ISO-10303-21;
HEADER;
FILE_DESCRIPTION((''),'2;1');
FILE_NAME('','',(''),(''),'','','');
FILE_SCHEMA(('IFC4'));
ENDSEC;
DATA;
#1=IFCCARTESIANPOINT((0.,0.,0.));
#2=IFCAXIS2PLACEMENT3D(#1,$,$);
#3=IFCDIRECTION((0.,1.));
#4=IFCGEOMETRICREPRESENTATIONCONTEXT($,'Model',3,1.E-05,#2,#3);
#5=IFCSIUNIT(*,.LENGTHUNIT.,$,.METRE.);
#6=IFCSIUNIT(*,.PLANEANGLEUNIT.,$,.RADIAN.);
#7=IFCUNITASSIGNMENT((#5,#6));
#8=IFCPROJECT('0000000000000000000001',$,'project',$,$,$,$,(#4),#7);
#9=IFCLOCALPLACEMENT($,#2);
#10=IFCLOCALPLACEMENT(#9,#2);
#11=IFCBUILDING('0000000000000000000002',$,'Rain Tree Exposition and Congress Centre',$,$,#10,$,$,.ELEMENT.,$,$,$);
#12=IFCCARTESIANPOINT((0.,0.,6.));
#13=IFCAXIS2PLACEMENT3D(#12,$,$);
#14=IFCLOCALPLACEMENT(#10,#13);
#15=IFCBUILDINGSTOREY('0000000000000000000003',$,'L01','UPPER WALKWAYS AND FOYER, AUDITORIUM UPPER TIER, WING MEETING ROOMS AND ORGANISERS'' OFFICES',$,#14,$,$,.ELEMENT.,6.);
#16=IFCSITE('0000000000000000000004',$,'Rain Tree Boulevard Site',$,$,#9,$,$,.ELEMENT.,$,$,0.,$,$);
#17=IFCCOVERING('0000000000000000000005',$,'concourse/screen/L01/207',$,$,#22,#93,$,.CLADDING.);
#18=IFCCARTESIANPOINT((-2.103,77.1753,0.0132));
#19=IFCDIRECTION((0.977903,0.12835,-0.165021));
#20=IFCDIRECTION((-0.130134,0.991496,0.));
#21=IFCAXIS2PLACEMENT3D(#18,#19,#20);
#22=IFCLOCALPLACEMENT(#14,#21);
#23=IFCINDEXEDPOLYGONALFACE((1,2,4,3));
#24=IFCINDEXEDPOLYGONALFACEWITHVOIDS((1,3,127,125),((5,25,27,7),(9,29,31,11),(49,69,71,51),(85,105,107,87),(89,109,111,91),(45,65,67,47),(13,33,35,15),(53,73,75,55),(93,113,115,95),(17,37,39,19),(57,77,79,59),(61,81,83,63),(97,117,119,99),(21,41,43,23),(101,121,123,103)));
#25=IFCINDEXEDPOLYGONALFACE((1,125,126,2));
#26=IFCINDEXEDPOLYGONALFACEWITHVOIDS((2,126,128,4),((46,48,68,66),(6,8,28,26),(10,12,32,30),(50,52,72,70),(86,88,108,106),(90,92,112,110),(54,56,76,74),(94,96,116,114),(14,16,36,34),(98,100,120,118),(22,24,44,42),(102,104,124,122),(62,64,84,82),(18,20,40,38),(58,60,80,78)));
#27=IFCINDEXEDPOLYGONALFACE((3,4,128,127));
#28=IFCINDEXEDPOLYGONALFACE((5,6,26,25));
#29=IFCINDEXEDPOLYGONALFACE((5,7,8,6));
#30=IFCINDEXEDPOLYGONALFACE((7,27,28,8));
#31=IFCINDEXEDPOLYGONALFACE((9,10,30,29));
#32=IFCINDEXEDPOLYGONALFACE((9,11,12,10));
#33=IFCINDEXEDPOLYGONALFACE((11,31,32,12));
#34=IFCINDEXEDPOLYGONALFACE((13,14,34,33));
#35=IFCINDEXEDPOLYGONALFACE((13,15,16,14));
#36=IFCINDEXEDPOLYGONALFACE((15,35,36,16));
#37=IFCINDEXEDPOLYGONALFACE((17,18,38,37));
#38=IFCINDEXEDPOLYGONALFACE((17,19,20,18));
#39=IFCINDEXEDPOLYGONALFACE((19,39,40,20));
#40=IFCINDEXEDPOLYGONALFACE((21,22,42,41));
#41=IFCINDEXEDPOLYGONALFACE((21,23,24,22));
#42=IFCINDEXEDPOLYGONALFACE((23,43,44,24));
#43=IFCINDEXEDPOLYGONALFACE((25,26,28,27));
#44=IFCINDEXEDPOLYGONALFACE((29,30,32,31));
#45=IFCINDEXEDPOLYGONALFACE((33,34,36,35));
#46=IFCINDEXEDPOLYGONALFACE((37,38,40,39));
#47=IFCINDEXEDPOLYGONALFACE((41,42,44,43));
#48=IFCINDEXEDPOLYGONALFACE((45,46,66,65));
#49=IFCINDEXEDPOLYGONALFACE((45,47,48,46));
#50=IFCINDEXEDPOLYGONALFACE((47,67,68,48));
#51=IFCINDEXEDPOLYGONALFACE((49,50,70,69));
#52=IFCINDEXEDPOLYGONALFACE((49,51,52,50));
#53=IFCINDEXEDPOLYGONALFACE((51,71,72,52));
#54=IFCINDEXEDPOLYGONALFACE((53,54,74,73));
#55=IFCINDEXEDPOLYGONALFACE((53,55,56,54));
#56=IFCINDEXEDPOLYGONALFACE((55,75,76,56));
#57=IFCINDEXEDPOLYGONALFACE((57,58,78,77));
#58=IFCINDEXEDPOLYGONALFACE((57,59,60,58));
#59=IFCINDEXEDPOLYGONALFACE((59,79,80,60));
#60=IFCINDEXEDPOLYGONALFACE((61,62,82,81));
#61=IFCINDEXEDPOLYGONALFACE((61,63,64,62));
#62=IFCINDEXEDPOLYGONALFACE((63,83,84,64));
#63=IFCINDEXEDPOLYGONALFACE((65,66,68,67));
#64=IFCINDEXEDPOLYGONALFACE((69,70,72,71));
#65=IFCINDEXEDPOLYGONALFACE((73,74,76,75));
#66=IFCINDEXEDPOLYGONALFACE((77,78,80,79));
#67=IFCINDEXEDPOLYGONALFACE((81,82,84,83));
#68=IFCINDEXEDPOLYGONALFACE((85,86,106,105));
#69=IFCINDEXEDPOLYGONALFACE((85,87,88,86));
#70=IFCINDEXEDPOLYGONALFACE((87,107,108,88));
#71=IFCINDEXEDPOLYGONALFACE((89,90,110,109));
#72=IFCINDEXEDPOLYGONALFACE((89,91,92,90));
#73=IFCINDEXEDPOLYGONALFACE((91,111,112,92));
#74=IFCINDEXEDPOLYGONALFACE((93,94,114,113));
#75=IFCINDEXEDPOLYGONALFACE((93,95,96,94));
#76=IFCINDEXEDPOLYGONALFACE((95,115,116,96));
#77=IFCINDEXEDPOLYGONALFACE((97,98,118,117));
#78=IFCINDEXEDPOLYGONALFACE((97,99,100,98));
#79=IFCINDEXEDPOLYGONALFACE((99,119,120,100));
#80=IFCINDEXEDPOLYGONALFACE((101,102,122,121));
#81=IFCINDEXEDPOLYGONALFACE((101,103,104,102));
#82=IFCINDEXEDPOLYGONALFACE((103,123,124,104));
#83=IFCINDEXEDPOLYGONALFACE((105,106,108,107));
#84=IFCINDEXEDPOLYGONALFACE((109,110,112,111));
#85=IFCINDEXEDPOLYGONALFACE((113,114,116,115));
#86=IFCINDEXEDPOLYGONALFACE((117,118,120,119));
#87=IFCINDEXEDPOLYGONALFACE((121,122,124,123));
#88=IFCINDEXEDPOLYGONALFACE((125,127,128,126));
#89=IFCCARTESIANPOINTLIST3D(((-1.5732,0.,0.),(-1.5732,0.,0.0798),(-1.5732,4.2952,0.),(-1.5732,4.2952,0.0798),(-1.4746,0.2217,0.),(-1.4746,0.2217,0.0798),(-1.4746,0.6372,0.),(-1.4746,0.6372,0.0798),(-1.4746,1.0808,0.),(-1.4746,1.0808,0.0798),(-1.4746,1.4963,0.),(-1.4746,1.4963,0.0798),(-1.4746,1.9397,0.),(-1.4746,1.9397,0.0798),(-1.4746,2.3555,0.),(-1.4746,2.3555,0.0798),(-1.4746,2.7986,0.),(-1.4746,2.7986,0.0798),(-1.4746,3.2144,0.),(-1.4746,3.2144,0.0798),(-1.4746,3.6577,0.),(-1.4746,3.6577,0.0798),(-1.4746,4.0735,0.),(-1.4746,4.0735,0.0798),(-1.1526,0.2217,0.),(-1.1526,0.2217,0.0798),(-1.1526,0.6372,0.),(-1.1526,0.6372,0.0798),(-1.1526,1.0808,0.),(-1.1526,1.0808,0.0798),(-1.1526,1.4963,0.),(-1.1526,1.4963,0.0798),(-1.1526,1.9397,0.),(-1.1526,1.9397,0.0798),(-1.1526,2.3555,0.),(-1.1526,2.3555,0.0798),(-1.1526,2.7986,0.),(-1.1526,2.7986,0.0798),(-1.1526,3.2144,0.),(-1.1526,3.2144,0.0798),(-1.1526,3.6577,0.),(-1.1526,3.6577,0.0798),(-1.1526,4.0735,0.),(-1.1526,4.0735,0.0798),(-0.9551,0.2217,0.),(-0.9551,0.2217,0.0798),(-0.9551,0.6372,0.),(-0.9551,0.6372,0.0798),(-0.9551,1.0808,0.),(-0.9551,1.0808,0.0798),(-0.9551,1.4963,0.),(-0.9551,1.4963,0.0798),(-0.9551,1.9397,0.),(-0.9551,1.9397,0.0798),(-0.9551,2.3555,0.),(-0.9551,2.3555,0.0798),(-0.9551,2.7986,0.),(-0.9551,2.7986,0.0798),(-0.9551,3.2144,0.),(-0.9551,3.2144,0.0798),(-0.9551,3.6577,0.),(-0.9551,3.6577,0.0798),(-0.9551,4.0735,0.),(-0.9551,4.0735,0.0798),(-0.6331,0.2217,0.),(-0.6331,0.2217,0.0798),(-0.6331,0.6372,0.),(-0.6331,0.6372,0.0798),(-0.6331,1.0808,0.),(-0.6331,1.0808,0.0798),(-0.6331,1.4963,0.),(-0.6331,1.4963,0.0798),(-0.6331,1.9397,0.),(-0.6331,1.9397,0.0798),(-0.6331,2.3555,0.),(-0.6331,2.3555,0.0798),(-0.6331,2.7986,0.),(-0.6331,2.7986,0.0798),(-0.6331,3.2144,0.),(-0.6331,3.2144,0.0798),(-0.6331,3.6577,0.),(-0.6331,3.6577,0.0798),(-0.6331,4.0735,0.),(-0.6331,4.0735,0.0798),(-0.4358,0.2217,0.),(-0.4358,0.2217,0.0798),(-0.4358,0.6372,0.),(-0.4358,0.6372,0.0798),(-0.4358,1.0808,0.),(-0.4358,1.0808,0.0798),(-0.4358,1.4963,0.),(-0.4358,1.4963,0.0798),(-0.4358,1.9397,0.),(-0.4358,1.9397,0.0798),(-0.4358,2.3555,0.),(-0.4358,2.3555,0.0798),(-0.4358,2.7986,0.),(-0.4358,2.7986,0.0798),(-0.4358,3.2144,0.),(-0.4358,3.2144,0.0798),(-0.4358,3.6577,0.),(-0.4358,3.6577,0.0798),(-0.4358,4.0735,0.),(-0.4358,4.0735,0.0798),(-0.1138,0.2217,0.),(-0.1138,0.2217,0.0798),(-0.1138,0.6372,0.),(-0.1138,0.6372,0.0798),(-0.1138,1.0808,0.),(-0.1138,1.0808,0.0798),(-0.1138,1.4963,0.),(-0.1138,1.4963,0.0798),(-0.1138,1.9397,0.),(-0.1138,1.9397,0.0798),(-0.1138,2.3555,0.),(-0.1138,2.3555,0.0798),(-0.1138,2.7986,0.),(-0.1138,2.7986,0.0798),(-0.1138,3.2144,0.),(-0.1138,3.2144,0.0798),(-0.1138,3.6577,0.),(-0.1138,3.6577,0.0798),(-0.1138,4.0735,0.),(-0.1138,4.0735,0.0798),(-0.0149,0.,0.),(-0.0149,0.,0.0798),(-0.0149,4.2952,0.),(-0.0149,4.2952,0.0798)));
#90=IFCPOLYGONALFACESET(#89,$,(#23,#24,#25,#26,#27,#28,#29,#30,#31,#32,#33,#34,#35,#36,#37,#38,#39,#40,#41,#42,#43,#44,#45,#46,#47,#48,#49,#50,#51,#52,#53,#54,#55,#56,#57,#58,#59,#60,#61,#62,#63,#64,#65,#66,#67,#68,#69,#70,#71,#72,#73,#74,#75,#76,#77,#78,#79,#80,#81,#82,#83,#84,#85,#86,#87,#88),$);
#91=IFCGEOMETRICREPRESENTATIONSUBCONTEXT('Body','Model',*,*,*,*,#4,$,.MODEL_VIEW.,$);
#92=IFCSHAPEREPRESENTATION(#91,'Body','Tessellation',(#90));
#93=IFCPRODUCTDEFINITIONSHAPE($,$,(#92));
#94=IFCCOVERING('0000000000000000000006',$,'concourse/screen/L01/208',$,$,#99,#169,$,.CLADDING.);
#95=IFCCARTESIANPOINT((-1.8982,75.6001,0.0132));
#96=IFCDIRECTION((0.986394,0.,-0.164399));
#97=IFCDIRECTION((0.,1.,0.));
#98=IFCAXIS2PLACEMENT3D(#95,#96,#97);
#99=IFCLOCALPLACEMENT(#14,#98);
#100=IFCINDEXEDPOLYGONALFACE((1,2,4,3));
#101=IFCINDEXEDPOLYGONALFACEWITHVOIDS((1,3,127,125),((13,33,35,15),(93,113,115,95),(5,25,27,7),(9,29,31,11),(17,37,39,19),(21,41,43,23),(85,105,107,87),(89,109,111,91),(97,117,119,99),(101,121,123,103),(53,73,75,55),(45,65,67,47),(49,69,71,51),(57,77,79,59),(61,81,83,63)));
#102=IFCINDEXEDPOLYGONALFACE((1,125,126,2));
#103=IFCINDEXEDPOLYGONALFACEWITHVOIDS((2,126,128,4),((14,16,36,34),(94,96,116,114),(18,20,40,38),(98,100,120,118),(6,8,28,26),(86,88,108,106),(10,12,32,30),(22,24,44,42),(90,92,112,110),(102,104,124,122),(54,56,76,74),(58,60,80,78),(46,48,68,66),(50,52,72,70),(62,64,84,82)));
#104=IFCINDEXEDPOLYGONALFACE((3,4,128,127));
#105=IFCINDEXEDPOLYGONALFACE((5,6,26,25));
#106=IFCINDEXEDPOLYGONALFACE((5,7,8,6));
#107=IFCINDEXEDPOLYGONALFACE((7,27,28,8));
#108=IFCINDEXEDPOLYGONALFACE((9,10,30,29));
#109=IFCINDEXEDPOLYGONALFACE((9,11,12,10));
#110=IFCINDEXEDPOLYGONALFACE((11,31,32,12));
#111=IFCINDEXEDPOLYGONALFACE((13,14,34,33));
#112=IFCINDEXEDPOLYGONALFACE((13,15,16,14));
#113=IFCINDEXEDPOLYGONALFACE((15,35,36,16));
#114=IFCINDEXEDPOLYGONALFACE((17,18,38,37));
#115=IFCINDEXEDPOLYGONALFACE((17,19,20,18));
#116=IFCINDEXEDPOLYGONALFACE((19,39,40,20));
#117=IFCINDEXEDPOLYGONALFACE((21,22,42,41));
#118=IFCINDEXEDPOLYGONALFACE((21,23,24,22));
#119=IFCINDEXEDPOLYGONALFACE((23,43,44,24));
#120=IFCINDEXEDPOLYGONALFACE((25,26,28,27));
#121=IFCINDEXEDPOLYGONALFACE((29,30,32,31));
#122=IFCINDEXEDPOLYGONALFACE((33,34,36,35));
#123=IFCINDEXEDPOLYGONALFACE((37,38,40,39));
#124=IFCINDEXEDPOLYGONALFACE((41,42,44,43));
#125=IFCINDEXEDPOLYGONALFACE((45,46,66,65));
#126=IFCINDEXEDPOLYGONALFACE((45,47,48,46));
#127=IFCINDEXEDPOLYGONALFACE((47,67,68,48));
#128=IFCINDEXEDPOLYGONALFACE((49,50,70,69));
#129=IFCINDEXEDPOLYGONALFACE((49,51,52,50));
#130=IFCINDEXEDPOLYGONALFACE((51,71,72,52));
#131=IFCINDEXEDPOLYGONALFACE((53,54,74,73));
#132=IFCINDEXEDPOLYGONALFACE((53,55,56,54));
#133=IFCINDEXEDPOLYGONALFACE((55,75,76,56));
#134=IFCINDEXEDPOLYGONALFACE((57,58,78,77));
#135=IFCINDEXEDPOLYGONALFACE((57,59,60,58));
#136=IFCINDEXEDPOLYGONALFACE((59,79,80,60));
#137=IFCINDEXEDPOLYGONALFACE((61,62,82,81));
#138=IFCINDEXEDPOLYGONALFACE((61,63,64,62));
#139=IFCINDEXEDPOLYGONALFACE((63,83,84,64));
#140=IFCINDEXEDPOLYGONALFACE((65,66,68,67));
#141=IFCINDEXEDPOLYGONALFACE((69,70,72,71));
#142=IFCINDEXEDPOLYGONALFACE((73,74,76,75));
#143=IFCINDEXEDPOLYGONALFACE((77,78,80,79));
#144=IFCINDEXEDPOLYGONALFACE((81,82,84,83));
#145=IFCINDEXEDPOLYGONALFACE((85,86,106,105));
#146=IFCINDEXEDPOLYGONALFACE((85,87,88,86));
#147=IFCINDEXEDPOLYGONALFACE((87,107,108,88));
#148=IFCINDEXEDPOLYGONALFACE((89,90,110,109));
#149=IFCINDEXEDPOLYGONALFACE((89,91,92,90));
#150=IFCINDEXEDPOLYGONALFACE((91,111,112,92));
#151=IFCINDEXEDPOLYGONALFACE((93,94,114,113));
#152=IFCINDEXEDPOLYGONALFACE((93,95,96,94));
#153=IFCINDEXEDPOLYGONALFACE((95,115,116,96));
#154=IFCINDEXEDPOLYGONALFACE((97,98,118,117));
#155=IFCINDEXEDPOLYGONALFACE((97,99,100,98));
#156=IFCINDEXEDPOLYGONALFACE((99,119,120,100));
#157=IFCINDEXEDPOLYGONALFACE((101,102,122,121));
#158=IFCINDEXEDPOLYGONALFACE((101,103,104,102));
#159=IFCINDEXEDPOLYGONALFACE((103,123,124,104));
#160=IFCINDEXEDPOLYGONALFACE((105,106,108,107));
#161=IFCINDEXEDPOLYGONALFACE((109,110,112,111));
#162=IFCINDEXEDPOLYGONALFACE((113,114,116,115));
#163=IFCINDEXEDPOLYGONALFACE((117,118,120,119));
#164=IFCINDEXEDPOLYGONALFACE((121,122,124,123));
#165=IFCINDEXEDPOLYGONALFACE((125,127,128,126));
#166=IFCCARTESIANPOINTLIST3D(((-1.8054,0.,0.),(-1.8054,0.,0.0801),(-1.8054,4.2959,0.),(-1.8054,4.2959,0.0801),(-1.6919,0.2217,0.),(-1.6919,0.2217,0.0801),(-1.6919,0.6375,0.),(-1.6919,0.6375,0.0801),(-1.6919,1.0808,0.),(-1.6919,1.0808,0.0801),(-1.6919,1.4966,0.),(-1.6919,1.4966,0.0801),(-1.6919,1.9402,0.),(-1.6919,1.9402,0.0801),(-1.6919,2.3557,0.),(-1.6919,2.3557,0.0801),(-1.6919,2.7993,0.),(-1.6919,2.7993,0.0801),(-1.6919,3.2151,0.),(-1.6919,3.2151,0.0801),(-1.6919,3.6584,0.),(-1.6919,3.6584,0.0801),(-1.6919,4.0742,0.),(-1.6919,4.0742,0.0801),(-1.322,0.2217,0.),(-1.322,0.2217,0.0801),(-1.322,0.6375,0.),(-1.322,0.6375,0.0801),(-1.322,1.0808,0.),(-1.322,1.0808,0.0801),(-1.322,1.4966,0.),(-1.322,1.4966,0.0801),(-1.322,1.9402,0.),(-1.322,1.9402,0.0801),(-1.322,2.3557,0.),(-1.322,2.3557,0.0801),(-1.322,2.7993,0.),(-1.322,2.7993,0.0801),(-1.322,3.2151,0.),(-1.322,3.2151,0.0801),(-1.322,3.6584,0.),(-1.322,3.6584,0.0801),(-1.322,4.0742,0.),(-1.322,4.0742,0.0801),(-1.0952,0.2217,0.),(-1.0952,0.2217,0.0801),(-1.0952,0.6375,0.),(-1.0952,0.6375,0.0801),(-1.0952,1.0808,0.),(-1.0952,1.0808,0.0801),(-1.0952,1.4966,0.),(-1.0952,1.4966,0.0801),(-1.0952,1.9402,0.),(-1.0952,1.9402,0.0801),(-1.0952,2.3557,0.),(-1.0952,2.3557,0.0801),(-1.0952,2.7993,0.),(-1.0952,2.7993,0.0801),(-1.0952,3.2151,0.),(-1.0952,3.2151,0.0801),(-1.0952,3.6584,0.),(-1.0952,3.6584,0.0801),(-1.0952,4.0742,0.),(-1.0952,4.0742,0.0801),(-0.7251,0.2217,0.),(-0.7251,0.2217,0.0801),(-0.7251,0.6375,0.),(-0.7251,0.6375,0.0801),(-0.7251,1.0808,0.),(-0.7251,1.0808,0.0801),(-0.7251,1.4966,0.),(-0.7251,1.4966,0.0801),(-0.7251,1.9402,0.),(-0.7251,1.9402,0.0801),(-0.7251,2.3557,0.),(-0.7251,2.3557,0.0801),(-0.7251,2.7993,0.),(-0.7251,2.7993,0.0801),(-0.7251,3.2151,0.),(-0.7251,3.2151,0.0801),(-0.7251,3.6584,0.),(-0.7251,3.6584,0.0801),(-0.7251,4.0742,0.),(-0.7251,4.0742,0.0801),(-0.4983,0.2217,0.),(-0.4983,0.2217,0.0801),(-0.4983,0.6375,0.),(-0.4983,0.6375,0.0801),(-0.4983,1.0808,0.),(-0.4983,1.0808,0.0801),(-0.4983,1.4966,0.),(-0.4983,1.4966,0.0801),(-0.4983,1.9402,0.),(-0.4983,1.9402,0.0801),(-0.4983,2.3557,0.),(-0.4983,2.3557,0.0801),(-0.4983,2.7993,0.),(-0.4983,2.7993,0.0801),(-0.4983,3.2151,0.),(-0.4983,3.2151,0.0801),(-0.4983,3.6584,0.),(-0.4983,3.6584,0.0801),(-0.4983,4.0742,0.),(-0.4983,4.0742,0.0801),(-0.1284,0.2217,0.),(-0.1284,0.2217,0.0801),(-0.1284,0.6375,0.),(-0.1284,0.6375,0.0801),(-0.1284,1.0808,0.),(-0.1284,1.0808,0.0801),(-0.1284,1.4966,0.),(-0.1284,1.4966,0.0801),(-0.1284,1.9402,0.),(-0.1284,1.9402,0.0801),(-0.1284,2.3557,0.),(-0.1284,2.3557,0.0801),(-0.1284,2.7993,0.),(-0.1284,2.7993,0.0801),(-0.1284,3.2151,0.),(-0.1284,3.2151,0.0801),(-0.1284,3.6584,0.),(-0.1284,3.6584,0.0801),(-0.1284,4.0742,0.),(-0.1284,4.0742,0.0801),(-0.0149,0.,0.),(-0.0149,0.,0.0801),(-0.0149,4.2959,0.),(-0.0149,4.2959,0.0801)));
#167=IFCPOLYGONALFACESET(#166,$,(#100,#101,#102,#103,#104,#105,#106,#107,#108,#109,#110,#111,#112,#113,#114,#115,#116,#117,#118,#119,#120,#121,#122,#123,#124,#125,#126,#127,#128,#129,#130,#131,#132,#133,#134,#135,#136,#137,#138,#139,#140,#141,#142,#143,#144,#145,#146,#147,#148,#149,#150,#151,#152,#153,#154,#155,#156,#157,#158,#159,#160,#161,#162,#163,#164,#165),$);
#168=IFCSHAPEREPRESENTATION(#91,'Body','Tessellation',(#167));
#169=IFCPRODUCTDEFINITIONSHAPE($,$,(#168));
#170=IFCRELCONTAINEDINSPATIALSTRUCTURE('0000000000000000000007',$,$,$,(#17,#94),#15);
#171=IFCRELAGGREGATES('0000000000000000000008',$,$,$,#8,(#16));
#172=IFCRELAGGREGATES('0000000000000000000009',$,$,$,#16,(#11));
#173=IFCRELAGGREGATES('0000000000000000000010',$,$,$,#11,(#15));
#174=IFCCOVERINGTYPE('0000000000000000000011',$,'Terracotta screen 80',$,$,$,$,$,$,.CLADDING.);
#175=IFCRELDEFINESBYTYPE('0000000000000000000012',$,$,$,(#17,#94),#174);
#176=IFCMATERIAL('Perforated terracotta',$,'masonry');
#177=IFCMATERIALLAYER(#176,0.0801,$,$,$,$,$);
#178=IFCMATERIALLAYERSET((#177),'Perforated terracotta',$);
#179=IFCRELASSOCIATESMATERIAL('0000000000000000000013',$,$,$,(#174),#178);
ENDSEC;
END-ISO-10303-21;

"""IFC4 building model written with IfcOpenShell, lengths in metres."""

from ifc_helpers import new_model, si_unit, direction, frame, origin, place, context, subcontext, project, spatial, polyline, outline, extrude, material, layer, layer_set, type_object, element, save


model = new_model("IFC4")

# Units and contexts
model_context = context("Model", 3, precision=1e-05, world=origin(), true_north=direction((0.0, 1.0)))
body_context = subcontext(model_context, "Body", "Model", "MODEL_VIEW")
ifc_project = project(units=[si_unit("LENGTHUNIT", "METRE"), si_unit("PLANEANGLEUNIT", "RADIAN")], contexts=[model_context])

# Site, building, storey
site_placement = place(None, origin())
site = spatial("IfcSite", under=ifc_project, at=site_placement, Name="Rain Tree Boulevard Site", CompositionType="ELEMENT", RefElevation=0.0)
building_placement = place(site_placement, origin())
building = spatial("IfcBuilding", under=site, at=building_placement, Name="Rain Tree Exposition and Congress Centre", CompositionType="ELEMENT")
storey_placement = place(building_placement, frame((0.0, 0.0, 6.0)))
storey = spatial("IfcBuildingStorey", under=building, at=storey_placement, Name="L01", Description="UPPER WALKWAYS AND FOYER, AUDITORIUM UPPER TIER, WING MEETING ROOMS AND ORGANISERS' OFFICES", CompositionType="ELEMENT", Elevation=6.0)

# Coverings
ifc_material_1 = material(Name="Perforated terracotta", Category="masonry")
ifc_layer_1 = layer(ifc_material_1, 0.0801)
ifc_layer_set_1 = layer_set([ifc_layer_1], Name="Perforated terracotta")
covering_type = type_object("IfcCoveringType", Name="Terracotta screen 80", PredefinedType="CLADDING", material=ifc_layer_set_1)
covering_1_placement = place(storey_placement, frame((-2.103, 77.1753, 0.0132), z_axis=(0.977903, 0.12835, -0.165021), x_axis=(-0.130134, 0.991496, 0.0)))
element("IfcCovering", 1, at=covering_1_placement, inside=storey, type_object=covering_type, Name="concourse/screen/L01/207", PredefinedType="CLADDING", context=body_context, shape_type="SweptSolid", body=[
    extrude(outline(polyline([(-1.5732, 0.0), (-1.5732, 4.2952), (-0.0149, 4.2952), (-0.0149, 0.0), (-1.5732, 0.0)]), holes=[polyline([(-0.1138, 0.2217), (-0.1138, 0.6372), (-0.4358, 0.6372), (-0.4358, 0.2217), (-0.1138, 0.2217)]), polyline([(-0.1138, 1.0808), (-0.1138, 1.4963), (-0.4358, 1.4963), (-0.4358, 1.0808), (-0.1138, 1.0808)]), polyline([(-0.1138, 1.9397), (-0.1138, 2.3555), (-0.4358, 2.3555), (-0.4358, 1.9397), (-0.1138, 1.9397)]), polyline([(-0.1138, 2.7986), (-0.1138, 3.2144), (-0.4358, 3.2144), (-0.4358, 2.7986), (-0.1138, 2.7986)]), polyline([(-0.1138, 3.6577), (-0.1138, 4.0735), (-0.4358, 4.0735), (-0.4358, 3.6577), (-0.1138, 3.6577)]), polyline([(-0.6331, 0.2217), (-0.6331, 0.6372), (-0.9551, 0.6372), (-0.9551, 0.2217), (-0.6331, 0.2217)]), polyline([(-0.6331, 1.0808), (-0.6331, 1.4963), (-0.9551, 1.4963), (-0.9551, 1.0808), (-0.6331, 1.0808)]), polyline([(-0.6331, 1.9397), (-0.6331, 2.3555), (-0.9551, 2.3555), (-0.9551, 1.9397), (-0.6331, 1.9397)]), polyline([(-0.6331, 2.7986), (-0.6331, 3.2144), (-0.9551, 3.2144), (-0.9551, 2.7986), (-0.6331, 2.7986)]), polyline([(-0.6331, 3.6577), (-0.6331, 4.0735), (-0.9551, 4.0735), (-0.9551, 3.6577), (-0.6331, 3.6577)]), polyline([(-1.1526, 0.2217), (-1.1526, 0.6372), (-1.4746, 0.6372), (-1.4746, 0.2217), (-1.1526, 0.2217)]), polyline([(-1.1526, 1.0808), (-1.1526, 1.4963), (-1.4746, 1.4963), (-1.4746, 1.0808), (-1.1526, 1.0808)]), polyline([(-1.1526, 1.9397), (-1.1526, 2.3555), (-1.4746, 2.3555), (-1.4746, 1.9397), (-1.1526, 1.9397)]), polyline([(-1.1526, 2.7986), (-1.1526, 3.2144), (-1.4746, 3.2144), (-1.4746, 2.7986), (-1.1526, 2.7986)]), polyline([(-1.1526, 3.6577), (-1.1526, 4.0735), (-1.4746, 4.0735), (-1.4746, 3.6577), (-1.1526, 3.6577)])]), origin(), (0.0, 0.0, 1.0), 0.0798),
])
covering_2_placement = place(storey_placement, frame((-1.8982, 75.6001, 0.0132), z_axis=(0.986394, 0.0, -0.164399), x_axis=(0.0, 1.0, 0.0)))
element("IfcCovering", 2, at=covering_2_placement, inside=storey, type_object=covering_type, Name="concourse/screen/L01/208", PredefinedType="CLADDING", context=body_context, shape_type="SweptSolid", body=[
    extrude(outline(polyline([(-1.8054, 0.0), (-1.8054, 4.2959), (-0.0149, 4.2959), (-0.0149, 0.0), (-1.8054, 0.0)]), holes=[polyline([(-0.1284, 0.2217), (-0.1284, 0.6375), (-0.4983, 0.6375), (-0.4983, 0.2217), (-0.1284, 0.2217)]), polyline([(-0.1284, 1.0808), (-0.1284, 1.4966), (-0.4983, 1.4966), (-0.4983, 1.0808), (-0.1284, 1.0808)]), polyline([(-0.1284, 1.9402), (-0.1284, 2.3557), (-0.4983, 2.3557), (-0.4983, 1.9402), (-0.1284, 1.9402)]), polyline([(-0.1284, 2.7993), (-0.1284, 3.2151), (-0.4983, 3.2151), (-0.4983, 2.7993), (-0.1284, 2.7993)]), polyline([(-0.1284, 3.6584), (-0.1284, 4.0742), (-0.4983, 4.0742), (-0.4983, 3.6584), (-0.1284, 3.6584)]), polyline([(-0.7251, 0.2217), (-0.7251, 0.6375), (-1.0952, 0.6375), (-1.0952, 0.2217), (-0.7251, 0.2217)]), polyline([(-0.7251, 1.0808), (-0.7251, 1.4966), (-1.0952, 1.4966), (-1.0952, 1.0808), (-0.7251, 1.0808)]), polyline([(-0.7251, 1.9402), (-0.7251, 2.3557), (-1.0952, 2.3557), (-1.0952, 1.9402), (-0.7251, 1.9402)]), polyline([(-0.7251, 2.7993), (-0.7251, 3.2151), (-1.0952, 3.2151), (-1.0952, 2.7993), (-0.7251, 2.7993)]), polyline([(-0.7251, 3.6584), (-0.7251, 4.0742), (-1.0952, 4.0742), (-1.0952, 3.6584), (-0.7251, 3.6584)]), polyline([(-1.322, 0.2217), (-1.322, 0.6375), (-1.6919, 0.6375), (-1.6919, 0.2217), (-1.322, 0.2217)]), polyline([(-1.322, 1.0808), (-1.322, 1.4966), (-1.6919, 1.4966), (-1.6919, 1.0808), (-1.322, 1.0808)]), polyline([(-1.322, 1.9402), (-1.322, 2.3557), (-1.6919, 2.3557), (-1.6919, 1.9402), (-1.322, 1.9402)]), polyline([(-1.322, 2.7993), (-1.322, 3.2151), (-1.6919, 3.2151), (-1.6919, 2.7993), (-1.322, 2.7993)]), polyline([(-1.322, 3.6584), (-1.322, 4.0742), (-1.6919, 4.0742), (-1.6919, 3.6584), (-1.322, 3.6584)])]), origin(), (0.0, 0.0, 1.0), 0.0801),
])

save(model, "model.ifc")
